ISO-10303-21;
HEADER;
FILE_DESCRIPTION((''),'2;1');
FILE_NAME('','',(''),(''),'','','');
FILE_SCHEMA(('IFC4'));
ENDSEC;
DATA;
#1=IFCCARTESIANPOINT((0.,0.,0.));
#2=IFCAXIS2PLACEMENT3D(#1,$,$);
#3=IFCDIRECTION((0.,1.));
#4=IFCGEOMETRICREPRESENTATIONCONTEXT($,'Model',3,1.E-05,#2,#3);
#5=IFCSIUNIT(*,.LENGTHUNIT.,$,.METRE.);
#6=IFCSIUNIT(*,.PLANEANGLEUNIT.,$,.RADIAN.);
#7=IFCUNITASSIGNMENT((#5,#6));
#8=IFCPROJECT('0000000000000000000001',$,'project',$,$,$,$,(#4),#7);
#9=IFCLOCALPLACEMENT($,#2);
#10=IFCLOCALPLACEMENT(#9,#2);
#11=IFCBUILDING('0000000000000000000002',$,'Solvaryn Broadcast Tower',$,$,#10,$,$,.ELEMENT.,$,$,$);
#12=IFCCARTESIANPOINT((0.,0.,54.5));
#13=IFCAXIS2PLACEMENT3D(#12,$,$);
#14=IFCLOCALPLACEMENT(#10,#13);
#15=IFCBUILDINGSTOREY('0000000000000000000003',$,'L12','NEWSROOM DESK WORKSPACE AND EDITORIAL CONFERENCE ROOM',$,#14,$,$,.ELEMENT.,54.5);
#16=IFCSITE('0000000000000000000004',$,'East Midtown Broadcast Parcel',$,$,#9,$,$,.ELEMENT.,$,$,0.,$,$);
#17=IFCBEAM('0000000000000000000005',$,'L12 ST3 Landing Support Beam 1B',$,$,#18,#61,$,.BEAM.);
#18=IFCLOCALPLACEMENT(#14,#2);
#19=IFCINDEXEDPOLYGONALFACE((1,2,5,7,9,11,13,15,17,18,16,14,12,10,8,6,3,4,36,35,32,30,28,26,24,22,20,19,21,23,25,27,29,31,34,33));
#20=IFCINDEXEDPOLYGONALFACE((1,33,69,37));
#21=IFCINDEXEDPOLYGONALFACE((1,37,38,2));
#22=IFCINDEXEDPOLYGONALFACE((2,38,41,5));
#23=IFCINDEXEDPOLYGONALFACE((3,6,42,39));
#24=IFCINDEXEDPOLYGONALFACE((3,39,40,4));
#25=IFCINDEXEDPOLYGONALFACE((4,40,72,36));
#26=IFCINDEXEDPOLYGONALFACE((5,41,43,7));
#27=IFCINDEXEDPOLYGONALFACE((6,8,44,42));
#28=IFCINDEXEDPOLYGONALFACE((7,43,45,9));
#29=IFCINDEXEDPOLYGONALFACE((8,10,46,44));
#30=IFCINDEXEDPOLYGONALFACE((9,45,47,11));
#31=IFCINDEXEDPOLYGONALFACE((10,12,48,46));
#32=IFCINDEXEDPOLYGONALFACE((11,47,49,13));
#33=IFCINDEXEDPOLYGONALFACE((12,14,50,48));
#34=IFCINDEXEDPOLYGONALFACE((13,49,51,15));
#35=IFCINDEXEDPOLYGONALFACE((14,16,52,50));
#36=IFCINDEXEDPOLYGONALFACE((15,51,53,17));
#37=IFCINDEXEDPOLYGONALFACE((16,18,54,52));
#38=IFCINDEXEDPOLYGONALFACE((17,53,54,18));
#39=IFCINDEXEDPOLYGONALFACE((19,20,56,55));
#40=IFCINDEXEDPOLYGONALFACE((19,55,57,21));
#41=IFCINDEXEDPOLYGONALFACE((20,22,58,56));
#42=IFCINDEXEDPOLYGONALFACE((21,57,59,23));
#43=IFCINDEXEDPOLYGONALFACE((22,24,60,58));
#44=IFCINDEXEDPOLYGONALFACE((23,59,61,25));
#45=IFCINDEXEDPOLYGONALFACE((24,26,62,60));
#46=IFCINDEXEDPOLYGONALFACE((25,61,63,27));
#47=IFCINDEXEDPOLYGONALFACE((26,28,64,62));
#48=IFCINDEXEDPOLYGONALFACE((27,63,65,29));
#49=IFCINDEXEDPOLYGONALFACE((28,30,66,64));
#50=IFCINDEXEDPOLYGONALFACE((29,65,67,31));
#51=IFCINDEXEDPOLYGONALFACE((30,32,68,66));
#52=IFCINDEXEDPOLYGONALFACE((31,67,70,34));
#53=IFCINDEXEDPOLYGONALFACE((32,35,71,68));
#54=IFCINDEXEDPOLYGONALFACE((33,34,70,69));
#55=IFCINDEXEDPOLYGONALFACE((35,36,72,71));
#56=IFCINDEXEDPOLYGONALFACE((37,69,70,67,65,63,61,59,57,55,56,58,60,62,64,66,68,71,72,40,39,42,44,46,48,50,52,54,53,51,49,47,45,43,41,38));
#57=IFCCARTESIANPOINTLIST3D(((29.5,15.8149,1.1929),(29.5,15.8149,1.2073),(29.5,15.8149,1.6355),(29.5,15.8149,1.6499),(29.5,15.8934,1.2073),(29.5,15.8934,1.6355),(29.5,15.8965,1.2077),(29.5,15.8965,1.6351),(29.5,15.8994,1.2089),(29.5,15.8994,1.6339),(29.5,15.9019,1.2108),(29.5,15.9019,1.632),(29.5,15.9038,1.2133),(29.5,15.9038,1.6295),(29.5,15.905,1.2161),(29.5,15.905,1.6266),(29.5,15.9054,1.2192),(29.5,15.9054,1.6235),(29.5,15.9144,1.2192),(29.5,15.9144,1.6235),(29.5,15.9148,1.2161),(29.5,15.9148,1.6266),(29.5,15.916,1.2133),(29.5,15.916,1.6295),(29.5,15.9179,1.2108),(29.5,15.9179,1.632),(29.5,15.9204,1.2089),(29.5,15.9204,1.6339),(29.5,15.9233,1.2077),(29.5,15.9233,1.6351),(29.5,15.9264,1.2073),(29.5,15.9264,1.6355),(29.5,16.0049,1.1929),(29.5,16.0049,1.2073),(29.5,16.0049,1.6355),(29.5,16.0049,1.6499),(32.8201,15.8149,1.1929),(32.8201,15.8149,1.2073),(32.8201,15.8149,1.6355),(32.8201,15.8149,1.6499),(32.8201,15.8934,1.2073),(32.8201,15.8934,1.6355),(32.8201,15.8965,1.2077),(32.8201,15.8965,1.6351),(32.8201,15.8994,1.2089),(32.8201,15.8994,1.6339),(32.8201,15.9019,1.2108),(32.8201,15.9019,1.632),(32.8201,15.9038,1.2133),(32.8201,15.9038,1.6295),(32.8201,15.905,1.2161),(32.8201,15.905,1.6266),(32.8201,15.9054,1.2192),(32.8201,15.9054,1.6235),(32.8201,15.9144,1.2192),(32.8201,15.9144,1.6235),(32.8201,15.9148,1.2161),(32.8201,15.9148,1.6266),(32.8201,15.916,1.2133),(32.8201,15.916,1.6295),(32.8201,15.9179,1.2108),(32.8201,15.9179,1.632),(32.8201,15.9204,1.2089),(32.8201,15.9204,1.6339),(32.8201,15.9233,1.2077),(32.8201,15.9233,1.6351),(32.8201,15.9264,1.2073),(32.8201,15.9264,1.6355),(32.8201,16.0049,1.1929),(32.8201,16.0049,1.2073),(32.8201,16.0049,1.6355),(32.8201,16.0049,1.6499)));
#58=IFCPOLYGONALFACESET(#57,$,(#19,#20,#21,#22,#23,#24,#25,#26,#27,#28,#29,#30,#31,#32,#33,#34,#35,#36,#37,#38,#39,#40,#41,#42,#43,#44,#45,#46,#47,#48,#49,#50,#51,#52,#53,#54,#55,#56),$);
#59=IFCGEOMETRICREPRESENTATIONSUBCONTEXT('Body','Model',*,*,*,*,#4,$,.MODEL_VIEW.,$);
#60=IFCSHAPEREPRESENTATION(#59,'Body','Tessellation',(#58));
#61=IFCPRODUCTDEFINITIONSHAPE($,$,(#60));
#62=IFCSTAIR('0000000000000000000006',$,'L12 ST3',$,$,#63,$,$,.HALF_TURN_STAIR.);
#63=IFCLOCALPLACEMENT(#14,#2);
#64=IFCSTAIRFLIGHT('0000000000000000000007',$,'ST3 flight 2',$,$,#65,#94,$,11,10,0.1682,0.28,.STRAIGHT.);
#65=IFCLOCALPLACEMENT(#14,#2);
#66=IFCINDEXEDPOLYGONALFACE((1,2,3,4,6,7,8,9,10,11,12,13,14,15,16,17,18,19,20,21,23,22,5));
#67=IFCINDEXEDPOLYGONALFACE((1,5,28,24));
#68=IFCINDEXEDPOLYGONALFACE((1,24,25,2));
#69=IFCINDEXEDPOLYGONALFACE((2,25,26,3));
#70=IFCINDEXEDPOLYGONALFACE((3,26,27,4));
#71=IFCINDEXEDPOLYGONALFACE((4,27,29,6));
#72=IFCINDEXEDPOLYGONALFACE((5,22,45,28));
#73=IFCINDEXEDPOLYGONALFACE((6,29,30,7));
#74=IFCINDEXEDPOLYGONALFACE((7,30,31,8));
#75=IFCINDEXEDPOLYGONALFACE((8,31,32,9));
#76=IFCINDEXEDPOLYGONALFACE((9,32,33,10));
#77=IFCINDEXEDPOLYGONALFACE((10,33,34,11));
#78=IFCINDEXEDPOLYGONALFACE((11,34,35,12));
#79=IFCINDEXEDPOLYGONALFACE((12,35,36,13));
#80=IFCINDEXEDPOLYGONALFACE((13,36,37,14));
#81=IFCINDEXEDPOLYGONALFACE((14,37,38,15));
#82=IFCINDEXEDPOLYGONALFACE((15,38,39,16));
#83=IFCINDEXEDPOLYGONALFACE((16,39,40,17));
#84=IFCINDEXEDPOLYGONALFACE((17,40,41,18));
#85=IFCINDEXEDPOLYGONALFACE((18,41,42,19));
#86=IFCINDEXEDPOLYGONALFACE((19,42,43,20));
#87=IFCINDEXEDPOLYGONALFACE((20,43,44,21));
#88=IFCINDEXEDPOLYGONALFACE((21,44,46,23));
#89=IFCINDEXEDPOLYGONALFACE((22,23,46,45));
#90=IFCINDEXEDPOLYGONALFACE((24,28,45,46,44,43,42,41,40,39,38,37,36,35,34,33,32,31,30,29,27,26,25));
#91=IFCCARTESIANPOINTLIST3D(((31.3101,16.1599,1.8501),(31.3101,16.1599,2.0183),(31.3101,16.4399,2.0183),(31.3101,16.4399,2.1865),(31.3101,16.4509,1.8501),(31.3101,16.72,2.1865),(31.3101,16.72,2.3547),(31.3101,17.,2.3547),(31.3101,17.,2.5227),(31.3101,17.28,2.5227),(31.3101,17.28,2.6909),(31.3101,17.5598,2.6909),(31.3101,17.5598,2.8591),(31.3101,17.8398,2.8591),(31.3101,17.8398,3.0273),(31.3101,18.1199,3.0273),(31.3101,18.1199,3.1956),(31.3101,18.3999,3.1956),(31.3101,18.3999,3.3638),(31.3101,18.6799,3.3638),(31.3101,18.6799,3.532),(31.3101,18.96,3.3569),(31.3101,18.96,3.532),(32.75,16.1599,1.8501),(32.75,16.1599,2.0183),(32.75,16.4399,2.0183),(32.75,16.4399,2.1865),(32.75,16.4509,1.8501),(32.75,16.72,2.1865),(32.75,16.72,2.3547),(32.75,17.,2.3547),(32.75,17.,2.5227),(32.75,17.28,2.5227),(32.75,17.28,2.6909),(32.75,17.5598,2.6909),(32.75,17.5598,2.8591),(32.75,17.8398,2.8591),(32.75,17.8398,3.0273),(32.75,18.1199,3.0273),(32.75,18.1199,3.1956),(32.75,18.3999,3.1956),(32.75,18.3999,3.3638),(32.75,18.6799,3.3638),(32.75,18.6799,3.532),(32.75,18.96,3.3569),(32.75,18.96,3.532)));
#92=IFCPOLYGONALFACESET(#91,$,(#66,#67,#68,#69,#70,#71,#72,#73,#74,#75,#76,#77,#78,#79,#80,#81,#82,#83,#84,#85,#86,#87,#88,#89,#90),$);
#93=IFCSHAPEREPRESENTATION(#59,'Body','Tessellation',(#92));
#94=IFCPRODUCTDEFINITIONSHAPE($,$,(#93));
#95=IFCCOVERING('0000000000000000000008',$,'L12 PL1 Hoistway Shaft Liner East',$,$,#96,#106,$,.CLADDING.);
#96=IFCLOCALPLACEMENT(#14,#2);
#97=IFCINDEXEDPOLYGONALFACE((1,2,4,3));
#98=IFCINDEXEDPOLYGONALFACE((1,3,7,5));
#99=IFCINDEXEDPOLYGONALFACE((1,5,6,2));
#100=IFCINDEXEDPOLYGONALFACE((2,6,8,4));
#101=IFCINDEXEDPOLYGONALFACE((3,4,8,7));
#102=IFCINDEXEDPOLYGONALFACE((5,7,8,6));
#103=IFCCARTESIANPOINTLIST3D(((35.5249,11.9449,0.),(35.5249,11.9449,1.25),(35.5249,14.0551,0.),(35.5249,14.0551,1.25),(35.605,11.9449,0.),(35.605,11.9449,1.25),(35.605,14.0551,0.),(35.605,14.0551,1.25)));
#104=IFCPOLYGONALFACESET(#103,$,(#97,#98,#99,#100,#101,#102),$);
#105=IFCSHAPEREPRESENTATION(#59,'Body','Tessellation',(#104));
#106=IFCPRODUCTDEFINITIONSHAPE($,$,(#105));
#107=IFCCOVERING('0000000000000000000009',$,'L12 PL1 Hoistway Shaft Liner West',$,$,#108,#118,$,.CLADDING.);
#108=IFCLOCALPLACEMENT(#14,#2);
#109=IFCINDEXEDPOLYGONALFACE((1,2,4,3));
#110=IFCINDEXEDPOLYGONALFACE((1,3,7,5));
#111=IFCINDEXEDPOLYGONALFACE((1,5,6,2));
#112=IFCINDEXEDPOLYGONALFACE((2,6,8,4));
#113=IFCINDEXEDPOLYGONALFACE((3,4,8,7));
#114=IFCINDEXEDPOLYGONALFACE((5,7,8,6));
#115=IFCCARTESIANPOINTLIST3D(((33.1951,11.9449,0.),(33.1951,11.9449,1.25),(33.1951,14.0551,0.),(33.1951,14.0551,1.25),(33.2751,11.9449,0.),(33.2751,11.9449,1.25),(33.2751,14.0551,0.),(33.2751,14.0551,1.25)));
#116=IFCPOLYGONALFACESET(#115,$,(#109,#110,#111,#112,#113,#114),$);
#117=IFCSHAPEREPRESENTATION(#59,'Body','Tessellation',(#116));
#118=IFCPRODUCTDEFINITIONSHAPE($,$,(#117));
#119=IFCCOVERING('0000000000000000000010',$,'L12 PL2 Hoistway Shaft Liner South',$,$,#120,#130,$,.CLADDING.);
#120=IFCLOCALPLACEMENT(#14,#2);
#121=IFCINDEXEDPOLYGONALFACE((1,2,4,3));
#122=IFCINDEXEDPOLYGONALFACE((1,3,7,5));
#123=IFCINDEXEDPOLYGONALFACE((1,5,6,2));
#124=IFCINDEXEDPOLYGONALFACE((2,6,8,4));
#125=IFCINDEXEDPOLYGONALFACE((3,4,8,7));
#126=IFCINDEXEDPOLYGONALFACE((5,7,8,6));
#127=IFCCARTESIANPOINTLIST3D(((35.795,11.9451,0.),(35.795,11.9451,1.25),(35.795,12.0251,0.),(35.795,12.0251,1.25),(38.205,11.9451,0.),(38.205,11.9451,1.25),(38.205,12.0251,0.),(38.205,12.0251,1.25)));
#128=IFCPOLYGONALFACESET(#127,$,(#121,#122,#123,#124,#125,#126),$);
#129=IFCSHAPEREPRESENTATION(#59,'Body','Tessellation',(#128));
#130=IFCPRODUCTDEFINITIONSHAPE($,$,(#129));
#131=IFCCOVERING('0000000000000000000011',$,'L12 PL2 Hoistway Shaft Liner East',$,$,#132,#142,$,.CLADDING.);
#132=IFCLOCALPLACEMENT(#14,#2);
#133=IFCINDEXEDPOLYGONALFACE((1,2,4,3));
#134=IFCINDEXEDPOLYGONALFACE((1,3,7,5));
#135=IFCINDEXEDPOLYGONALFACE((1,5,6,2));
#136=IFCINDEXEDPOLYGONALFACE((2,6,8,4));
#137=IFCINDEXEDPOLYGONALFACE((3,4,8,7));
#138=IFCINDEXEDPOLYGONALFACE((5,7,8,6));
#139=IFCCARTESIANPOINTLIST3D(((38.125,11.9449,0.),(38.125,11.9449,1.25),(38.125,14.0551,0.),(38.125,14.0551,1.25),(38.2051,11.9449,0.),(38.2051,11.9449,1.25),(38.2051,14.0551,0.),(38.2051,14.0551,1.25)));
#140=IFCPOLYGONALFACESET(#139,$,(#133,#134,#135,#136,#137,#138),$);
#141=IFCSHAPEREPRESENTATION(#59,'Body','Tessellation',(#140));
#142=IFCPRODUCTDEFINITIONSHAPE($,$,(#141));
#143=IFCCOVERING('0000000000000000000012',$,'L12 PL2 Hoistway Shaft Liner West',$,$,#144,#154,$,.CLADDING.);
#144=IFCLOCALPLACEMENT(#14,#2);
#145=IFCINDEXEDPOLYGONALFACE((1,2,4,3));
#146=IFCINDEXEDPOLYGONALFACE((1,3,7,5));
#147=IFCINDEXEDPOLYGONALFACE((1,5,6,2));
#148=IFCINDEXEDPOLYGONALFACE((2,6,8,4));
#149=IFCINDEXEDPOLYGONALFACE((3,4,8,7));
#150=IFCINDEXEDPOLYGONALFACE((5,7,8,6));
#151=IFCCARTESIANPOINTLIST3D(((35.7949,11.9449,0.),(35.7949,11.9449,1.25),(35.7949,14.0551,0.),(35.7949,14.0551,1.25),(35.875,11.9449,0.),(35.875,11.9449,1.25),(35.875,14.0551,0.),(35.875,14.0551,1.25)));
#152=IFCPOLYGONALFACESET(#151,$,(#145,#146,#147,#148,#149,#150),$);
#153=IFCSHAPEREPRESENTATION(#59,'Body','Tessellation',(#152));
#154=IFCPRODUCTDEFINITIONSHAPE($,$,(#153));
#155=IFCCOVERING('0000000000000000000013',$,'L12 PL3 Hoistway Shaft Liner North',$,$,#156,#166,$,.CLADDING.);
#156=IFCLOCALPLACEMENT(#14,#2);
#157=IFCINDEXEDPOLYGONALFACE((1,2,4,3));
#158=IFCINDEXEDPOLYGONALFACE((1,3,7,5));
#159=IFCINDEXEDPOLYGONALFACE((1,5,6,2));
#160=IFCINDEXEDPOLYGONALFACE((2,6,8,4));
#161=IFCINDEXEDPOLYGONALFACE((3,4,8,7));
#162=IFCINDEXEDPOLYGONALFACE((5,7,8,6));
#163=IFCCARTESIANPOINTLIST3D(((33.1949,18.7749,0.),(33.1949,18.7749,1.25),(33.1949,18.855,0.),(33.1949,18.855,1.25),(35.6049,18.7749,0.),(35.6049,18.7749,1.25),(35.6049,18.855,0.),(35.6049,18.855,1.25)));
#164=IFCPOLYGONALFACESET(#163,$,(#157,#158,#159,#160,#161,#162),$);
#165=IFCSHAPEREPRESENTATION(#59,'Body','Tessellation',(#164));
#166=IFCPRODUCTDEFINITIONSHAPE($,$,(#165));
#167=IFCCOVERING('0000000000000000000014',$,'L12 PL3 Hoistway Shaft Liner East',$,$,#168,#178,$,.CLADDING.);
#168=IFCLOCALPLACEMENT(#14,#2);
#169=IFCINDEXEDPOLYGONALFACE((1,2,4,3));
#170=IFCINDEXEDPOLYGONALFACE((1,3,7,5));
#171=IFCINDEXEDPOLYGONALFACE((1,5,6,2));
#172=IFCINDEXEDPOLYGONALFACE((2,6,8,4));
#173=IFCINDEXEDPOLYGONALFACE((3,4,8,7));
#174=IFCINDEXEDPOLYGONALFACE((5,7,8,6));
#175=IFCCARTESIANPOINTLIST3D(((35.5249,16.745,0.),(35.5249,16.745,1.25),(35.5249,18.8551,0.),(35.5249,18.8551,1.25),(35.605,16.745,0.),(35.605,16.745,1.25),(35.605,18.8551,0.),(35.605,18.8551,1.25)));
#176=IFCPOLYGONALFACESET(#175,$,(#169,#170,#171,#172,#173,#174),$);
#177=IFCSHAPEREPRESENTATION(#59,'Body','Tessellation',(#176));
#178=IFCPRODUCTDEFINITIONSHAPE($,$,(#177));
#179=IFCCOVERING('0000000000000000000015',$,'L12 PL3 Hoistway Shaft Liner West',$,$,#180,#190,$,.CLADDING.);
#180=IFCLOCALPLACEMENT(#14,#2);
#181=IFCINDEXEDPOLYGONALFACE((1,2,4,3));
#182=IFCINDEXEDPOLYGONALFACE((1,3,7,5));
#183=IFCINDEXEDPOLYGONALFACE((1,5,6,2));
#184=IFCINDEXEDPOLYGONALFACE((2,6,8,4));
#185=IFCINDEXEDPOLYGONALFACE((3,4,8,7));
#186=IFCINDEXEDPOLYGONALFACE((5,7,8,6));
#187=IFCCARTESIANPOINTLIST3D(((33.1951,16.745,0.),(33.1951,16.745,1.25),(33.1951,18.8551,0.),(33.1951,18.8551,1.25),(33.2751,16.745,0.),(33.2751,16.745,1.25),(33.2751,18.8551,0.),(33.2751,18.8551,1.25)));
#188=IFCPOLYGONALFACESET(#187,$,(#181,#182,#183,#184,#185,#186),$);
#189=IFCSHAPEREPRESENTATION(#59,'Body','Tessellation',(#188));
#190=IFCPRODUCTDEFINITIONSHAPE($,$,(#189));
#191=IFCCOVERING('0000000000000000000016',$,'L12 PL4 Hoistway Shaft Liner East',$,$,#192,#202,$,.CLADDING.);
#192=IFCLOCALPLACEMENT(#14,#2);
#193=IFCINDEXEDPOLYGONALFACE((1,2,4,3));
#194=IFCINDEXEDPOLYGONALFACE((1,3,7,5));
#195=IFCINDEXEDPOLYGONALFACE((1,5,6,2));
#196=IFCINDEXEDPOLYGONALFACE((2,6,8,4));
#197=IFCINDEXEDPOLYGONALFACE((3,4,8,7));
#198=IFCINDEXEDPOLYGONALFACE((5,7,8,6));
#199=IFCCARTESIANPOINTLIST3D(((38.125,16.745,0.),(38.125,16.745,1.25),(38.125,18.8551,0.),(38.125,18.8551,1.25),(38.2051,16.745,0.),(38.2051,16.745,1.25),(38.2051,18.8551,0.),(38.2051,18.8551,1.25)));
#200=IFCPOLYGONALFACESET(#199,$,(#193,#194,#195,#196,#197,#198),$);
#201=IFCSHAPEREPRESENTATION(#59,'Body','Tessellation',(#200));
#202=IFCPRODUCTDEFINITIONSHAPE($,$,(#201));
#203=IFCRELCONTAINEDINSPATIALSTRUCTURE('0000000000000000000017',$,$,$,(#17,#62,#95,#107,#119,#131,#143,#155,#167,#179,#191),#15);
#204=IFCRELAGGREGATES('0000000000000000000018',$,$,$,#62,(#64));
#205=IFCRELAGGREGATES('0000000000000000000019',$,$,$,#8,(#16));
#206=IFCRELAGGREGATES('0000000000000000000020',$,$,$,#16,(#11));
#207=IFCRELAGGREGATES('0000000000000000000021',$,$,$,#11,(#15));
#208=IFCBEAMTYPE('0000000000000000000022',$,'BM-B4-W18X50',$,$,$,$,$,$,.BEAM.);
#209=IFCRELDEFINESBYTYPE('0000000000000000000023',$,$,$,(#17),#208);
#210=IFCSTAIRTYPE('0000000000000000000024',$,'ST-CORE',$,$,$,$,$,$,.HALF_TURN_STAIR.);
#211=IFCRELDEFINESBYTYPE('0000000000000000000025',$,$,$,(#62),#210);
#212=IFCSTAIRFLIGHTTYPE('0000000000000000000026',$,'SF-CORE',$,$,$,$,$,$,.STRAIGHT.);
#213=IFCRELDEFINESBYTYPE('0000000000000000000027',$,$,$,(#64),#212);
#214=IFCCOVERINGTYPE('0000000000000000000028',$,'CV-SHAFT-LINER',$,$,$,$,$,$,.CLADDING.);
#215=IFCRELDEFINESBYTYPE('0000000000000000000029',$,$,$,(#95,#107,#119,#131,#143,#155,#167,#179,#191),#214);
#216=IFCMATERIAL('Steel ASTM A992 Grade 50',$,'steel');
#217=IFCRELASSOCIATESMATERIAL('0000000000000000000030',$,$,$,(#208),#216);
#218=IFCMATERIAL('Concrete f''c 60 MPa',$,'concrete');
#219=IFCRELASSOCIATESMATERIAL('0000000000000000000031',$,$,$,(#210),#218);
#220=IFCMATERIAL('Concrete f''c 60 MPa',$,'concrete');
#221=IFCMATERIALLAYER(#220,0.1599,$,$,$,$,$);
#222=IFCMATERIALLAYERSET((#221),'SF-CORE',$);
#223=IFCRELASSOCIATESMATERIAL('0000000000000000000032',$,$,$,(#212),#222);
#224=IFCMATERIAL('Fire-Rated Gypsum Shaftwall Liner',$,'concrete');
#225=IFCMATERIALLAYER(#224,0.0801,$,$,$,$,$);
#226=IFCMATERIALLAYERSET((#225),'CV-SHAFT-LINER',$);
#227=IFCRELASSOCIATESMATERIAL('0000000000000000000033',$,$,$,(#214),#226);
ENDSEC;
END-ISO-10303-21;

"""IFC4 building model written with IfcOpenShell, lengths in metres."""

from ifc_helpers import new_model, si_unit, direction, frame, origin, origin_2d, place, context, subcontext, project, spatial, polyline, rectangle, i_section, outline, extrude, material, layer, layer_set, material_profile, profile_set, type_object, element, aggregate, save


model = new_model("IFC4")

# Units and contexts
model_context = context("Model", 3, precision=1e-05, world=origin(), true_north=direction((0.0, 1.0)))
body_context = subcontext(model_context, "Body", "Model", "MODEL_VIEW")
ifc_project = project(units=[si_unit("LENGTHUNIT", "METRE"), si_unit("PLANEANGLEUNIT", "RADIAN")], contexts=[model_context])

# Site, building, storey
site_placement = place(None, origin())
site = spatial("IfcSite", under=ifc_project, at=site_placement, Name="East Midtown Broadcast Parcel", CompositionType="ELEMENT", RefElevation=0.0)
building_placement = place(site_placement, origin())
building = spatial("IfcBuilding", under=site, at=building_placement, Name="Solvaryn Broadcast Tower", CompositionType="ELEMENT")
storey_placement = place(building_placement, frame((0.0, 0.0, 54.5)))
storey = spatial("IfcBuildingStorey", under=building, at=storey_placement, Name="L12", Description="NEWSROOM DESK WORKSPACE AND EDITORIAL CONFERENCE ROOM", CompositionType="ELEMENT", Elevation=54.5)

# Beam
ifc_material_1 = material(Name="Steel ASTM A992 Grade 50", Category="steel")
ifc_material_profile_1 = material_profile(ifc_material_1, i_section(OverallWidth=0.1899, OverallDepth=0.457, WebThickness=0.009, FlangeThickness=0.0144, FilletRadius=0.012, at=origin_2d()))
ifc_profile_set_1 = profile_set([ifc_material_profile_1], Name="Steel ASTM A992 Grade 50")
beam_type_1 = type_object("IfcBeamType", Name="BM-B4-W18X50", PredefinedType="BEAM", material=ifc_profile_set_1)
beam_1_placement = place(storey_placement, frame((29.5, 15.9099, 1.4214), z_axis=(1.0, 0.0, 0.0), x_axis=(0.0, 1.0, 0.0)))
element("IfcBeam", 1, at=beam_1_placement, inside=storey, type_object=beam_type_1, Name="L12 ST3 Landing Support Beam 1B", PredefinedType="BEAM", context=body_context, shape_type="SweptSolid", body=[
    extrude(i_section(OverallWidth=0.1899, OverallDepth=0.457, WebThickness=0.009, FlangeThickness=0.0144, FilletRadius=0.012, at=origin_2d()), origin(), (0.0, 0.0, 1.0), 3.3201),
])

# Stair, stair flight
ifc_material_2 = material(Name="Concrete f'c 60 MPa", Category="concrete")
stair_type = type_object("IfcStairType", Name="ST-CORE", PredefinedType="HALF_TURN_STAIR", material=ifc_material_2)
stair_placement = place(storey_placement, origin())
stair = element("IfcStair", 2, at=stair_placement, inside=storey, type_object=stair_type, Name="L12 ST3", PredefinedType="HALF_TURN_STAIR")
ifc_material_3 = material(Name="Concrete f'c 60 MPa", Category="concrete")
ifc_layer_1 = layer(ifc_material_3, 0.1599)
ifc_layer_set_1 = layer_set([ifc_layer_1], Name="SF-CORE")
stair_flight_type = type_object("IfcStairFlightType", Name="SF-CORE", PredefinedType="STRAIGHT", material=ifc_layer_set_1)
stair_flight_placement = place(storey_placement, frame((32.03, 16.1599, 1.8501), z_axis=(0.0, 0.0, 1.0), x_axis=(0.0, 1.0, 0.0)))
stair_flight = element("IfcStairFlight", 3, at=stair_flight_placement, type_object=stair_flight_type, Name="ST3 flight 2", NumberOfRisers=11, NumberOfTreads=10, PredefinedType="STRAIGHT", RiserHeight=0.1682, TreadLength=0.28, context=body_context, shape_type="SweptSolid", body=[
    extrude(outline(polyline([(0.0, 0.0), (0.0, 0.1682), (0.28, 0.1682), (0.28, 0.3364), (0.5601, 0.3364), (0.5601, 0.5046), (0.8401, 0.5046), (0.8401, 0.6726), (1.1201, 0.6726), (1.1201, 0.8408), (1.3999, 0.8408), (1.3999, 1.009), (1.6799, 1.009), (1.6799, 1.1772), (1.96, 1.1772), (1.96, 1.3455), (2.24, 1.3455), (2.24, 1.5137), (2.52, 1.5137), (2.52, 1.6819), (2.8, 1.6819), (2.8, 1.8501), (2.8, 1.5068), (0.291, 0.0), (0.0, 0.0)])), frame((0.0, 0.72, 0.0), z_axis=(0.0, -1.0, 0.0), x_axis=(1.0, 0.0, 0.0)), (0.0, 0.0, 1.0), 1.4399),
])
aggregate(stair, [stair_flight])

# Coverings
ifc_material_4 = material(Name="Fire-Rated Gypsum Shaftwall Liner", Category="concrete")
ifc_layer_2 = layer(ifc_material_4, 0.0801)
ifc_layer_set_2 = layer_set([ifc_layer_2], Name="CV-SHAFT-LINER")
covering_type = type_object("IfcCoveringType", Name="CV-SHAFT-LINER", PredefinedType="CLADDING", material=ifc_layer_set_2)
for number, where, z_axis, x_axis, name in (
    (4, (35.5649, 13.0, 0.0), (0.0, 0.0, 1.0), (1.0, 0.0, 0.0), "L12 PL1 Hoistway Shaft Liner East"),
    (5, (33.2351, 13.0, 0.0), (0.0, 0.0, 1.0), (1.0, 0.0, 0.0), "L12 PL1 Hoistway Shaft Liner West"),
):
    element("IfcCovering", number, at=place(storey_placement, frame(where, z_axis=z_axis, x_axis=x_axis)), inside=storey, type_object=covering_type, Name=name, PredefinedType="CLADDING", context=body_context, shape_type="SweptSolid", body=[
        extrude(rectangle(XDim=0.0801, YDim=2.1101, at=origin_2d()), origin(), (0.0, 0.0, 1.0), 1.25),
    ])
covering_1_placement = place(storey_placement, frame((37.0, 11.9851, 0.0), z_axis=(0.0, 0.0, 1.0), x_axis=(1.0, 0.0, 0.0)))
element("IfcCovering", 6, at=covering_1_placement, inside=storey, type_object=covering_type, Name="L12 PL2 Hoistway Shaft Liner South", PredefinedType="CLADDING", context=body_context, shape_type="SweptSolid", body=[
    extrude(rectangle(XDim=2.4099, YDim=0.0801, at=origin_2d()), origin(), (0.0, 0.0, 1.0), 1.25),
])
for number, where, z_axis, x_axis, name in (
    (7, (38.165, 13.0, 0.0), (0.0, 0.0, 1.0), (1.0, 0.0, 0.0), "L12 PL2 Hoistway Shaft Liner East"),
    (8, (35.835, 13.0, 0.0), (0.0, 0.0, 1.0), (1.0, 0.0, 0.0), "L12 PL2 Hoistway Shaft Liner West"),
):
    element("IfcCovering", number, at=place(storey_placement, frame(where, z_axis=z_axis, x_axis=x_axis)), inside=storey, type_object=covering_type, Name=name, PredefinedType="CLADDING", context=body_context, shape_type="SweptSolid", body=[
        extrude(rectangle(XDim=0.0801, YDim=2.1101, at=origin_2d()), origin(), (0.0, 0.0, 1.0), 1.25),
    ])
covering_2_placement = place(storey_placement, frame((34.3999, 18.8149, 0.0), z_axis=(0.0, 0.0, 1.0), x_axis=(1.0, 0.0, 0.0)))
element("IfcCovering", 9, at=covering_2_placement, inside=storey, type_object=covering_type, Name="L12 PL3 Hoistway Shaft Liner North", PredefinedType="CLADDING", context=body_context, shape_type="SweptSolid", body=[
    extrude(rectangle(XDim=2.4099, YDim=0.0801, at=origin_2d()), origin(), (0.0, 0.0, 1.0), 1.25),
])
for number, where, z_axis, x_axis, name in (
    (10, (35.5649, 17.8, 0.0), (0.0, 0.0, 1.0), (1.0, 0.0, 0.0), "L12 PL3 Hoistway Shaft Liner East"),
    (11, (33.2351, 17.8, 0.0), (0.0, 0.0, 1.0), (1.0, 0.0, 0.0), "L12 PL3 Hoistway Shaft Liner West"),
    (12, (38.165, 17.8, 0.0), (0.0, 0.0, 1.0), (1.0, 0.0, 0.0), "L12 PL4 Hoistway Shaft Liner East"),
):
    element("IfcCovering", number, at=place(storey_placement, frame(where, z_axis=z_axis, x_axis=x_axis)), inside=storey, type_object=covering_type, Name=name, PredefinedType="CLADDING", context=body_context, shape_type="SweptSolid", body=[
        extrude(rectangle(XDim=0.0801, YDim=2.1101, at=origin_2d()), origin(), (0.0, 0.0, 1.0), 1.25),
    ])

save(model, "model.ifc")
